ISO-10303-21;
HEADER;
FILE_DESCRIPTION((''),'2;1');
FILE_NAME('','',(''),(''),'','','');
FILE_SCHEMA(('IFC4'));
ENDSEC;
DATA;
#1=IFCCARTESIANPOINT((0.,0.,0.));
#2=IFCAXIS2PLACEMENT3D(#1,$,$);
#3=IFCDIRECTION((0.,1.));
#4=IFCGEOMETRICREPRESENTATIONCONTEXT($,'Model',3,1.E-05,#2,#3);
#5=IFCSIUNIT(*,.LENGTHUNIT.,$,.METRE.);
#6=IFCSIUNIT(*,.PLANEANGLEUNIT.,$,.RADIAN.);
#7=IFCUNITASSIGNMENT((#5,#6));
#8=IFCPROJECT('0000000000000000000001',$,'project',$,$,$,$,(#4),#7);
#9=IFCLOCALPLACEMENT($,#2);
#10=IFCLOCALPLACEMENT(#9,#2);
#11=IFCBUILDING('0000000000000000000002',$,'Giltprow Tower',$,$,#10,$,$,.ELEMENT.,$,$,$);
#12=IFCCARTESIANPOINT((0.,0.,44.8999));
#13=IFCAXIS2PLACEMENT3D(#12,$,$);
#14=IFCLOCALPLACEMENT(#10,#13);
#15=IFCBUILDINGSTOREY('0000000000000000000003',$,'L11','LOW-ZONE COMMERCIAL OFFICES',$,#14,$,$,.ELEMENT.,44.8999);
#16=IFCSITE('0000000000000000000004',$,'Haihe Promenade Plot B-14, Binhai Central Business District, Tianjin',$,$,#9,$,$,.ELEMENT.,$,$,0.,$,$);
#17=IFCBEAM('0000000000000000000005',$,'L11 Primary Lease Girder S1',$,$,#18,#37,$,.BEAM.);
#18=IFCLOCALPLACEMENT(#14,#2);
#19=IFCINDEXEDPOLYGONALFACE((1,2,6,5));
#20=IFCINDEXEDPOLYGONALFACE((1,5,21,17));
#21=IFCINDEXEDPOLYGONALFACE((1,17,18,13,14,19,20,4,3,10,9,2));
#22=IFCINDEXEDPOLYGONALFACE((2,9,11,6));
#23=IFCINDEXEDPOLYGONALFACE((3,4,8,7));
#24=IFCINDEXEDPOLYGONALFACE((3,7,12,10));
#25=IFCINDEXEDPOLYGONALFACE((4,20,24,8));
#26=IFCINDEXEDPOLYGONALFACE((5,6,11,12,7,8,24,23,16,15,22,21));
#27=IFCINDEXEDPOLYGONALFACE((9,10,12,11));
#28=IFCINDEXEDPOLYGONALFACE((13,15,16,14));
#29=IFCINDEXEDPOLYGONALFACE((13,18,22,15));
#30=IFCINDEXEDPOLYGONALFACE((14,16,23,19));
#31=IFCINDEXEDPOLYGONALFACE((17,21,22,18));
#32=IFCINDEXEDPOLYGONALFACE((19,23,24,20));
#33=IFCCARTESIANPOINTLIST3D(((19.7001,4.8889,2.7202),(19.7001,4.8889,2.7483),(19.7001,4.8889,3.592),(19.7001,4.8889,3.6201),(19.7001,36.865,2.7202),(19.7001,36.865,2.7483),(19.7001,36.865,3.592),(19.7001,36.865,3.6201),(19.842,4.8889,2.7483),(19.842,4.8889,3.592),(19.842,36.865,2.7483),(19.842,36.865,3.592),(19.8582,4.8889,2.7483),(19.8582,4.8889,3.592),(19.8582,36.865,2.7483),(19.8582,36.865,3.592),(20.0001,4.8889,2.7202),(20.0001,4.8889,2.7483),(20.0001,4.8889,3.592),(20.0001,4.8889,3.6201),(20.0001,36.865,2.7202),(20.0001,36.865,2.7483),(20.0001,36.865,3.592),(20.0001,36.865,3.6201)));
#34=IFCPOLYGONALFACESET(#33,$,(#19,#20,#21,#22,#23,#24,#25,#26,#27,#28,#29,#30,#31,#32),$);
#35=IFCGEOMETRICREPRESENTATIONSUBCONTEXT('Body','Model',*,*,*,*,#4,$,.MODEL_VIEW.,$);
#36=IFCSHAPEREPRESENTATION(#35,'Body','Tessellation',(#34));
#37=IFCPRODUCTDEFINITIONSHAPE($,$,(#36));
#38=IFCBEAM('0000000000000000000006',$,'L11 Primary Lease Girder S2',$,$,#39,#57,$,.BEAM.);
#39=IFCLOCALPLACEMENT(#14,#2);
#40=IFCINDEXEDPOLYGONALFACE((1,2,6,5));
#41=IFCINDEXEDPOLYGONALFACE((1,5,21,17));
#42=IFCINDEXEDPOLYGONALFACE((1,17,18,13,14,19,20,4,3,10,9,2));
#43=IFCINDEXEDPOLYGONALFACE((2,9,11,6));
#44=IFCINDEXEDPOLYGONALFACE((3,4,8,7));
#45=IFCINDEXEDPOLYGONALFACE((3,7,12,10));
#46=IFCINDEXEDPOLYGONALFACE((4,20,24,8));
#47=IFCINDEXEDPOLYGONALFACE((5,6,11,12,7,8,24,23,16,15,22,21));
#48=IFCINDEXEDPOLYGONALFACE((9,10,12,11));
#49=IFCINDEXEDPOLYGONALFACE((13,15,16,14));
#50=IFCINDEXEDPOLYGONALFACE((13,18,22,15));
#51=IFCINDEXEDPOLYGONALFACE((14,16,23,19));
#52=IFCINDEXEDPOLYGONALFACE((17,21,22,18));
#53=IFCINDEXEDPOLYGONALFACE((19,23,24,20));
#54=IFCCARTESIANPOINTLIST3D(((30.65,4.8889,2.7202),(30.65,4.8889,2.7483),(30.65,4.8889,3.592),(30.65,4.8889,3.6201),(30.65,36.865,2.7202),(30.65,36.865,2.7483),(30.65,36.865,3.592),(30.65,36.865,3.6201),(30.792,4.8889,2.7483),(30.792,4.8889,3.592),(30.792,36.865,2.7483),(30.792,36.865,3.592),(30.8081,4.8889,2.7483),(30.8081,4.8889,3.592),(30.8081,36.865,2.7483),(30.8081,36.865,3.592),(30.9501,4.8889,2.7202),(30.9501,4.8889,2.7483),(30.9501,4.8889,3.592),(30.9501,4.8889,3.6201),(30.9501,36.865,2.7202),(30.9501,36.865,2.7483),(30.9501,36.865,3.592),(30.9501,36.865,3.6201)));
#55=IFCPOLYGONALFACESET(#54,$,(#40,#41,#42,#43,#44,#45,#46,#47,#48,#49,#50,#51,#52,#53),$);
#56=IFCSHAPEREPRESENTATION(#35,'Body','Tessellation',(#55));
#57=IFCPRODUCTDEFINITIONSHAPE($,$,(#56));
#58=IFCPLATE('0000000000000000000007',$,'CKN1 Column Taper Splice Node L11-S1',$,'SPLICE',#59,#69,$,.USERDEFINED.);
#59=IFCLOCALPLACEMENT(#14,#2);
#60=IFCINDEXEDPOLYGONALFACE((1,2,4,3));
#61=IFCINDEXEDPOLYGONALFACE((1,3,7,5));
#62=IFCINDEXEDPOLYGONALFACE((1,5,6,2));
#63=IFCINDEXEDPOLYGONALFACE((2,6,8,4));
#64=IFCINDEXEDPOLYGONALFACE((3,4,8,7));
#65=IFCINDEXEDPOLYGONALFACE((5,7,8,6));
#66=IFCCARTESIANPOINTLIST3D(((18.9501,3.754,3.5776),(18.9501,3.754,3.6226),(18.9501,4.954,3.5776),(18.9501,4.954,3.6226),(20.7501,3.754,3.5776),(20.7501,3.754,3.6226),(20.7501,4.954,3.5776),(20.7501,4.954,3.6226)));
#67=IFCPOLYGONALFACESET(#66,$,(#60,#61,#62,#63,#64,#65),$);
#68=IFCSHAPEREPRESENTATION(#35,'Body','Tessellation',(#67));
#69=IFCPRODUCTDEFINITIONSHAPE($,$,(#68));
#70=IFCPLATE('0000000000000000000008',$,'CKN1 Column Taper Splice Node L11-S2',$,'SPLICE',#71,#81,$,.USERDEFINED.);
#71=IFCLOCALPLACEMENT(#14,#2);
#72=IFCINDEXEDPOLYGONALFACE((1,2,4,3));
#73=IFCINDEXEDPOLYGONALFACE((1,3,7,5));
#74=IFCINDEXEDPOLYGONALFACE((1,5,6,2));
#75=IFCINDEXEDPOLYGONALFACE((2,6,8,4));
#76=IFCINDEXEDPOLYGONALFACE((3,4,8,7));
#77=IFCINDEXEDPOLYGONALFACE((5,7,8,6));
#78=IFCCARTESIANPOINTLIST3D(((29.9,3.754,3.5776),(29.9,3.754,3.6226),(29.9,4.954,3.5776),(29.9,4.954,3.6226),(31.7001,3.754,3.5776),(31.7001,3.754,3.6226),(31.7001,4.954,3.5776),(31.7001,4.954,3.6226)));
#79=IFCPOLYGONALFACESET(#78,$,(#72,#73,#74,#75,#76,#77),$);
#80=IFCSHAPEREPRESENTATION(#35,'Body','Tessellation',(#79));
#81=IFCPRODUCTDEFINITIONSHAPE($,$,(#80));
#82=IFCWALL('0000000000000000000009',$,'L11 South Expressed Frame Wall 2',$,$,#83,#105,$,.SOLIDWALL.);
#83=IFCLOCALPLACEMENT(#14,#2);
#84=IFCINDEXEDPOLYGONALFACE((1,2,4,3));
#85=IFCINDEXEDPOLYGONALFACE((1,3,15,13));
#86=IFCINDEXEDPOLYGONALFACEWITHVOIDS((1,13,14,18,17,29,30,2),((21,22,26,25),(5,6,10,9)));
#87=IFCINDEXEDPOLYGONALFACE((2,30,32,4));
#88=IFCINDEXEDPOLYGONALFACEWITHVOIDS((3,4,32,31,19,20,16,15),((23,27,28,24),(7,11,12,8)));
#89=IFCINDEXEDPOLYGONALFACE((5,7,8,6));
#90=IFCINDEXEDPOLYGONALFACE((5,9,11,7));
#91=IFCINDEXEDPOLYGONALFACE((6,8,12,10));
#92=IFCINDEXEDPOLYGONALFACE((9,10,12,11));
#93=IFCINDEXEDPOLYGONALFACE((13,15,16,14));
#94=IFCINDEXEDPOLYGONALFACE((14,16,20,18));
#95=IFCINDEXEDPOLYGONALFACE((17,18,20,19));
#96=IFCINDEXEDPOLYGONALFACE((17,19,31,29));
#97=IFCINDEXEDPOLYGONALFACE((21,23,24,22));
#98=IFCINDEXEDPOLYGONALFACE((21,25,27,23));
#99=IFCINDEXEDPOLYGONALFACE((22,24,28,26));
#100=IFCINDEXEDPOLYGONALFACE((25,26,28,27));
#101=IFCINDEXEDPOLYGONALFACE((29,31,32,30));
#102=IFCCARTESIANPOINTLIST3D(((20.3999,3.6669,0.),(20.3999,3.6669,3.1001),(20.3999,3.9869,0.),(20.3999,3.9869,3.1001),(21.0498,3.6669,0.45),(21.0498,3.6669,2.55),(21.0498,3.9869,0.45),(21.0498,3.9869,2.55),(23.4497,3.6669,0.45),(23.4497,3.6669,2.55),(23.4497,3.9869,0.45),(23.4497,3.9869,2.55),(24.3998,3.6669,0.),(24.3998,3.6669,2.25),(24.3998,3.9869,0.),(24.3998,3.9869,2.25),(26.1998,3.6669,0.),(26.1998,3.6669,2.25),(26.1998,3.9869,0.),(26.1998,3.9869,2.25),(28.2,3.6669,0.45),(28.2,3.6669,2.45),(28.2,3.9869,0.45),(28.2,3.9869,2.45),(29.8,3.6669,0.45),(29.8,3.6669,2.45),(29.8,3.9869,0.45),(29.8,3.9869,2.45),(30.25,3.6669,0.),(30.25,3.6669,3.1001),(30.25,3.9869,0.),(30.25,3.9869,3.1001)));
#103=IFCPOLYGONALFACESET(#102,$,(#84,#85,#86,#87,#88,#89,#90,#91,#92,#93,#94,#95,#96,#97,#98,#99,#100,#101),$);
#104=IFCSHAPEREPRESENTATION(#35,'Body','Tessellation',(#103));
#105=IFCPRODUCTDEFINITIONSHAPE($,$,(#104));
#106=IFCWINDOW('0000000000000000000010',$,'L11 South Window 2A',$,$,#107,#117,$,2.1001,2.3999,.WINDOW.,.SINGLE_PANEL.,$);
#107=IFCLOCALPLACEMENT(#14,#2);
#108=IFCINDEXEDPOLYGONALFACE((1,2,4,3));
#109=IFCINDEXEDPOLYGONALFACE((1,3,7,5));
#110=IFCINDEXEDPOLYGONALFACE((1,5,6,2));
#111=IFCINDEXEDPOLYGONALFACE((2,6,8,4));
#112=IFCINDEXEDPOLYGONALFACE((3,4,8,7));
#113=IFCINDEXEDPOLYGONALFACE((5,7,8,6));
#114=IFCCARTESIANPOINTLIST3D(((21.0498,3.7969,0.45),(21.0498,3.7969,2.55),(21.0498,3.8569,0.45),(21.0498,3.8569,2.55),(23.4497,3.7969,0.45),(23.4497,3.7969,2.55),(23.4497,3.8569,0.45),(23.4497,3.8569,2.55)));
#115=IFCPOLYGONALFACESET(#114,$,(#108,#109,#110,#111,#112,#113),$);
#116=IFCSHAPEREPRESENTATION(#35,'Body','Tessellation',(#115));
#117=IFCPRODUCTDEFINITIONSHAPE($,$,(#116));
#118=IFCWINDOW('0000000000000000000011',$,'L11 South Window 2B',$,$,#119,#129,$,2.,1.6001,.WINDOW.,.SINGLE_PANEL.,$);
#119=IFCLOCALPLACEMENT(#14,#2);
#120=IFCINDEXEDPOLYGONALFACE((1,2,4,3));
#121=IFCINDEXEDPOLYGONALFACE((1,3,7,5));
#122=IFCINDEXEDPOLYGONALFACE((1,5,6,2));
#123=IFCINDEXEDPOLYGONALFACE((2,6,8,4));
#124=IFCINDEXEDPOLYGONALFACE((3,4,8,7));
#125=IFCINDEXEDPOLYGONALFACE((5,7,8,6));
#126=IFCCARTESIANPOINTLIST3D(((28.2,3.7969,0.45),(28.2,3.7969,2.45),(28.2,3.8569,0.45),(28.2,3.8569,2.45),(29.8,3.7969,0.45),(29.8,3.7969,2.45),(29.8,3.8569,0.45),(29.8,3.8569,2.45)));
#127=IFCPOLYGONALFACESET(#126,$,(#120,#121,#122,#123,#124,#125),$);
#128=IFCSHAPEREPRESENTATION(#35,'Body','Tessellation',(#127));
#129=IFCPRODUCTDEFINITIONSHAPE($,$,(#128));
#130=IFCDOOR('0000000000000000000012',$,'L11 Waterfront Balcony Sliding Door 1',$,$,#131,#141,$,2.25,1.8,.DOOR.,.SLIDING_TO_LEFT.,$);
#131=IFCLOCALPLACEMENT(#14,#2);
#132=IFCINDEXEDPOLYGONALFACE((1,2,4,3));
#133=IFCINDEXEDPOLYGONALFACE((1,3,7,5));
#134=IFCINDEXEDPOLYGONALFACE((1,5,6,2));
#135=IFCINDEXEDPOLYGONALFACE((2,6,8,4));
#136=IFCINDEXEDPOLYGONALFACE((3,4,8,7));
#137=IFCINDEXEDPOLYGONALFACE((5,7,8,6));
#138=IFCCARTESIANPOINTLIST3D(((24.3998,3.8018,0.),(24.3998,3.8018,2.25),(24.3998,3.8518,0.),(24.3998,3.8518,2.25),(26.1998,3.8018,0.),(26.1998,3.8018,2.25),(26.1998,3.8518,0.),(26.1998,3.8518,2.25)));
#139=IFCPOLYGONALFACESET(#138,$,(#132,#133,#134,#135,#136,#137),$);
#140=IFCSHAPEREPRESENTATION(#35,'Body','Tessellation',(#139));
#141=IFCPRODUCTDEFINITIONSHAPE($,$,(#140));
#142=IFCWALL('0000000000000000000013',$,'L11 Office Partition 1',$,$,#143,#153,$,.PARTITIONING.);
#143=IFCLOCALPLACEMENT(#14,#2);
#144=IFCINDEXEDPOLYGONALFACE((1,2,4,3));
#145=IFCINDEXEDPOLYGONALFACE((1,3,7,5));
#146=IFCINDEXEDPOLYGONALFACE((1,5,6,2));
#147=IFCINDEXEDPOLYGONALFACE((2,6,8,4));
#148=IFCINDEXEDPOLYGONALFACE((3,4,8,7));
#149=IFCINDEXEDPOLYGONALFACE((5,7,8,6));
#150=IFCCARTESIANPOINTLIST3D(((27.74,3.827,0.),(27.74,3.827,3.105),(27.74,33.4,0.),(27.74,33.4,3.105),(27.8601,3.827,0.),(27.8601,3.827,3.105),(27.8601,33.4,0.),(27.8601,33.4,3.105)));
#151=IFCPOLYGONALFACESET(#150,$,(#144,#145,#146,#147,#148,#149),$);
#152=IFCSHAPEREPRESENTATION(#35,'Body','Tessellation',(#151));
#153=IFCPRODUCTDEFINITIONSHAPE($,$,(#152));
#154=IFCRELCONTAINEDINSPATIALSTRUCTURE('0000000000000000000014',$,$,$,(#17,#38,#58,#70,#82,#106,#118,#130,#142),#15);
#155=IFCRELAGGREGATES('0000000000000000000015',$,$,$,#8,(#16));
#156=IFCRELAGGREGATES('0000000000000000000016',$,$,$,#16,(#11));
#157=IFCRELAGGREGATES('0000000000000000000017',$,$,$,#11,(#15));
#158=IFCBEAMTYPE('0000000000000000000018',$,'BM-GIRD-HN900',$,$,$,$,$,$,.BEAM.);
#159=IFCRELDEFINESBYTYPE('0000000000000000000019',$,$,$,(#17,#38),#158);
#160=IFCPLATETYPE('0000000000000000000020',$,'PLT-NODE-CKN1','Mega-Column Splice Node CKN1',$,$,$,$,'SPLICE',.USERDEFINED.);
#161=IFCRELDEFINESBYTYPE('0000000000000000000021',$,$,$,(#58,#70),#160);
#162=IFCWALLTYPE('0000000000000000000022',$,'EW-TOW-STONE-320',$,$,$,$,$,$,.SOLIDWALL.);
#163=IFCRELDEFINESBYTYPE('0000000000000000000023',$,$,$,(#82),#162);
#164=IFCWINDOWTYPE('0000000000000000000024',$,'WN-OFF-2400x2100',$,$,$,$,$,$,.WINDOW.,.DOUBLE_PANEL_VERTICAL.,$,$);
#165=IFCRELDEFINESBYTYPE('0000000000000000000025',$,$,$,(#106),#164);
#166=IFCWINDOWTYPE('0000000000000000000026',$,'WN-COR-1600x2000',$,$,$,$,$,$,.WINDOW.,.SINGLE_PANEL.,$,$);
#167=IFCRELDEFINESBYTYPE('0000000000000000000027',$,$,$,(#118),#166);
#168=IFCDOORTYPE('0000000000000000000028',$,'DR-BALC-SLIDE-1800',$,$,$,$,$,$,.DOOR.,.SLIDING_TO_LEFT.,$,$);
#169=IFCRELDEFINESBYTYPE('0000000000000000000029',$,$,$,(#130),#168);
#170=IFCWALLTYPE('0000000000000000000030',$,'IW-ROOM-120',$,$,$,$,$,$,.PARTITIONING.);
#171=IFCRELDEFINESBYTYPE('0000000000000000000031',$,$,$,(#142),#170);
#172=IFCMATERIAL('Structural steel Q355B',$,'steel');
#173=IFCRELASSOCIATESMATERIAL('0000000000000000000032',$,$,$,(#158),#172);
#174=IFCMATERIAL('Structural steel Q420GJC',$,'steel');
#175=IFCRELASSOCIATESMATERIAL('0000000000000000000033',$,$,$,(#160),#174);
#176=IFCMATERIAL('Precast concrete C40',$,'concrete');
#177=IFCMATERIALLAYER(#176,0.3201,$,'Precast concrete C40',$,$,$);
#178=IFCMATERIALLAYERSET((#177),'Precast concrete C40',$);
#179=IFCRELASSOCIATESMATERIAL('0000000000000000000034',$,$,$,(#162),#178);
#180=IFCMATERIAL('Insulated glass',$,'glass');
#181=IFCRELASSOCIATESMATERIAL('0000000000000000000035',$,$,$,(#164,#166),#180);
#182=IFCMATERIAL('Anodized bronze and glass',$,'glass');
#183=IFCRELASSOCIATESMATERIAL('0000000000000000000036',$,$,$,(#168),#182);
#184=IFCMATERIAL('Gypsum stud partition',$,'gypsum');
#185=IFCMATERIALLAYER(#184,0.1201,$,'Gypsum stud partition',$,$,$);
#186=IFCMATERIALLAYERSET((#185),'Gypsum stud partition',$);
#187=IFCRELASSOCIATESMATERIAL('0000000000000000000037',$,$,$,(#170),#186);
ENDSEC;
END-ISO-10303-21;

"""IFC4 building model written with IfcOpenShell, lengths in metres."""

from ifc_helpers import new_model, si_unit, direction, frame, frame_2d, origin, origin_2d, place, context, subcontext, project, spatial, rectangle, i_section, extrude, source, transform, mapped, material, layer, layer_set, material_profile, profile_set, type_object, element, fill, save


model = new_model("IFC4")

# Units and contexts
model_context = context("Model", 3, precision=1e-05, world=origin(), true_north=direction((0.0, 1.0)))
body_context = subcontext(model_context, "Body", "Model", "MODEL_VIEW")
ifc_project = project(units=[si_unit("LENGTHUNIT", "METRE"), si_unit("PLANEANGLEUNIT", "RADIAN")], contexts=[model_context])

# Site, building, storey
site_placement = place(None, origin())
site = spatial("IfcSite", under=ifc_project, at=site_placement, Name="Haihe Promenade Plot B-14, Binhai Central Business District, Tianjin", CompositionType="ELEMENT", RefElevation=0.0)
building_placement = place(site_placement, origin())
building = spatial("IfcBuilding", under=site, at=building_placement, Name="Giltprow Tower", CompositionType="ELEMENT")
storey_placement = place(building_placement, frame((0.0, 0.0, 44.8999)))
storey = spatial("IfcBuildingStorey", under=building, at=storey_placement, Name="L11", Description="LOW-ZONE COMMERCIAL OFFICES", CompositionType="ELEMENT", Elevation=44.8999)

# Shared definitions
ifc_material_1 = material(Name="Structural steel Q420GJC", Category="steel")

# Beams
ifc_material_2 = material(Name="Structural steel Q355B", Category="steel")
ifc_material_profile_1 = material_profile(ifc_material_2, i_section(OverallWidth=0.3, OverallDepth=0.8999, WebThickness=0.0161, FlangeThickness=0.0281, at=origin_2d()), Name="HN 900x300x16x28")
ifc_profile_set_1 = profile_set([ifc_material_profile_1], Name="Structural steel Q355B")
beam_type_1 = type_object("IfcBeamType", Name="BM-GIRD-HN900", PredefinedType="BEAM", material=ifc_profile_set_1)
shared_shape_1 = source(origin(), body_context, "Body", "SweptSolid", [
    extrude(i_section(OverallWidth=0.3, OverallDepth=0.8999, WebThickness=0.0161, FlangeThickness=0.0281, at=origin_2d()), origin(), (0.0, 0.0, 1.0), 31.9761),
])
for number, where, z_axis, x_axis, name in (
    (1, (19.8501, 4.8889, 3.1702), (0.0, 1.0, 0.0), (-1.0, 0.0, 0.0), "L11 Primary Lease Girder S1"),
    (2, (30.8, 4.8889, 3.1702), (0.0, 1.0, 0.0), (-1.0, 0.0, 0.0), "L11 Primary Lease Girder S2"),
):
    element("IfcBeam", number, at=place(storey_placement, frame(where, z_axis=z_axis, x_axis=x_axis)), inside=storey, type_object=beam_type_1, Name=name, PredefinedType="BEAM", context=body_context, shape_type="MappedRepresentation", body=[
        mapped(shared_shape_1, transform((0.0, 0.0, 0.0), x_axis=(1.0, 0.0, 0.0), y_axis=(0.0, 1.0, 0.0), z_axis=(0.0, 0.0, 1.0), scale=1.0)),
    ])

# Plates
plate_type = type_object("IfcPlateType", Name="PLT-NODE-CKN1", Description="Mega-Column Splice Node CKN1", ElementType="SPLICE", PredefinedType="USERDEFINED", material=ifc_material_1)
shared_shape_2 = source(origin(), body_context, "Body", "SweptSolid", [
    extrude(rectangle(XDim=1.8, YDim=1.2, at=origin_2d()), origin(), (0.0, 0.0, 1.0), 0.0449),
])
for number, where, z_axis, x_axis, name in (
    (3, (19.8501, 4.354, 3.5776), (0.0, 0.0, 1.0), (1.0, 0.0, 0.0), "CKN1 Column Taper Splice Node L11-S1"),
    (4, (30.8, 4.354, 3.5776), (0.0, 0.0, 1.0), (1.0, 0.0, 0.0), "CKN1 Column Taper Splice Node L11-S2"),
):
    element("IfcPlate", number, at=place(storey_placement, frame(where, z_axis=z_axis, x_axis=x_axis)), inside=storey, type_object=plate_type, Name=name, ObjectType="SPLICE", PredefinedType="USERDEFINED", context=body_context, shape_type="MappedRepresentation", body=[
        mapped(shared_shape_2, transform((0.0, 0.0, 0.0), x_axis=(1.0, 0.0, 0.0), y_axis=(0.0, 1.0, 0.0), z_axis=(0.0, 0.0, 1.0), scale=1.0)),
    ])

# Wall, openings, windows, door
ifc_material_3 = material(Name="Precast concrete C40", Category="concrete")
ifc_layer_1 = layer(ifc_material_3, 0.3201, Name="Precast concrete C40")
ifc_layer_set_1 = layer_set([ifc_layer_1], Name="Precast concrete C40")
wall_type_1 = type_object("IfcWallType", Name="EW-TOW-STONE-320", PredefinedType="SOLIDWALL", material=ifc_layer_set_1)
wall_1_placement = place(storey_placement, frame((20.3999, 3.8269, 0.0), z_axis=(0.0, 0.0, 1.0), x_axis=(1.0, 0.0, 0.0)))
wall_1 = element("IfcWall", 5, at=wall_1_placement, inside=storey, type_object=wall_type_1, Name="L11 South Expressed Frame Wall 2", PredefinedType="SOLIDWALL", context=body_context, shape_type="SweptSolid", body=[
    extrude(rectangle(XDim=9.8501, YDim=0.3201, at=frame_2d((4.925, 0.0))), origin(), (0.0, 0.0, 1.0), 3.1001),
])
opening_1_placement = place(wall_1_placement, frame((4.0, 0.0, 0.0)))
opening_1 = element("IfcOpeningElement", 6, at=opening_1_placement, cuts=wall_1, PredefinedType="OPENING", context=body_context, shape_type="SweptSolid", body=[
    extrude(rectangle(XDim=1.8, YDim=2.25, at=frame_2d((0.8999, 1.125))), frame((0.0, 0.1699, 0.0), z_axis=(0.0, -1.0, 0.0), x_axis=(1.0, 0.0, 0.0)), (0.0, 0.0, 1.0), 0.3401),
])
opening_2_placement = place(wall_1_placement, frame((0.6499, 0.0, 0.45)))
opening_2 = element("IfcOpeningElement", 7, at=opening_2_placement, cuts=wall_1, PredefinedType="OPENING", context=body_context, shape_type="SweptSolid", body=[
    extrude(rectangle(XDim=2.3999, YDim=2.1001, at=frame_2d((1.2, 1.05))), frame((0.0, 0.1699, 0.0), z_axis=(0.0, -1.0, 0.0), x_axis=(1.0, 0.0, 0.0)), (0.0, 0.0, 1.0), 0.3401),
])
opening_3_placement = place(wall_1_placement, frame((7.8, 0.0, 0.45)))
opening_3 = element("IfcOpeningElement", 8, at=opening_3_placement, cuts=wall_1, PredefinedType="OPENING", context=body_context, shape_type="SweptSolid", body=[
    extrude(rectangle(XDim=1.6001, YDim=2.0, at=frame_2d((0.8, 1.0))), frame((0.0, 0.1699, 0.0), z_axis=(0.0, -1.0, 0.0), x_axis=(1.0, 0.0, 0.0)), (0.0, 0.0, 1.0), 0.3401),
])
ifc_material_4 = material(Name="Insulated glass", Category="glass")
window_type_1 = type_object("IfcWindowType", Name="WN-OFF-2400x2100", PartitioningType="DOUBLE_PANEL_VERTICAL", PredefinedType="WINDOW", material=ifc_material_4)
shared_shape_3 = source(origin(), body_context, "Body", "SweptSolid", [
    extrude(rectangle(XDim=2.3999, YDim=2.1001, at=frame_2d((1.2, 1.05))), frame((0.0, 0.03, 0.0), z_axis=(0.0, -1.0, 0.0), x_axis=(1.0, 0.0, 0.0)), (0.0, 0.0, 1.0), 0.0601),
])
window_1_placement = place(opening_2_placement, origin())
window_1 = element("IfcWindow", 9, at=window_1_placement, inside=storey, type_object=window_type_1, Name="L11 South Window 2A", OverallHeight=2.1001, OverallWidth=2.3999, PartitioningType="SINGLE_PANEL", PredefinedType="WINDOW", context=body_context, shape_type="MappedRepresentation", body=[
    mapped(shared_shape_3, transform((0.0, 0.0, 0.0), x_axis=(1.0, 0.0, 0.0), y_axis=(0.0, 1.0, 0.0), z_axis=(0.0, 0.0, 1.0), scale=1.0)),
])
fill(opening_2, window_1)
window_type_2 = type_object("IfcWindowType", Name="WN-COR-1600x2000", PartitioningType="SINGLE_PANEL", PredefinedType="WINDOW", material=ifc_material_4)
shared_shape_4 = source(origin(), body_context, "Body", "SweptSolid", [
    extrude(rectangle(XDim=1.6001, YDim=2.0, at=frame_2d((0.8, 1.0))), frame((0.0, 0.03, 0.0), z_axis=(0.0, -1.0, 0.0), x_axis=(1.0, 0.0, 0.0)), (0.0, 0.0, 1.0), 0.0601),
])
window_2_placement = place(opening_3_placement, origin())
window_2 = element("IfcWindow", 10, at=window_2_placement, inside=storey, type_object=window_type_2, Name="L11 South Window 2B", OverallHeight=2.0, OverallWidth=1.6001, PartitioningType="SINGLE_PANEL", PredefinedType="WINDOW", context=body_context, shape_type="MappedRepresentation", body=[
    mapped(shared_shape_4, transform((0.0, 0.0, 0.0), x_axis=(1.0, 0.0, 0.0), y_axis=(0.0, 1.0, 0.0), z_axis=(0.0, 0.0, 1.0), scale=1.0)),
])
fill(opening_3, window_2)
ifc_material_5 = material(Name="Anodized bronze and glass", Category="glass")
door_type = type_object("IfcDoorType", Name="DR-BALC-SLIDE-1800", OperationType="SLIDING_TO_LEFT", PredefinedType="DOOR", material=ifc_material_5)
shared_shape_5 = source(origin(), body_context, "Body", "SweptSolid", [
    extrude(rectangle(XDim=1.8, YDim=2.25, at=frame_2d((0.8999, 1.125))), frame((0.0, 0.0249, 0.0), z_axis=(0.0, -1.0, 0.0), x_axis=(1.0, 0.0, 0.0)), (0.0, 0.0, 1.0), 0.05),
])
door_placement = place(opening_1_placement, origin())
door = element("IfcDoor", 11, at=door_placement, inside=storey, type_object=door_type, Name="L11 Waterfront Balcony Sliding Door 1", OperationType="SLIDING_TO_LEFT", OverallHeight=2.25, OverallWidth=1.8, PredefinedType="DOOR", context=body_context, shape_type="MappedRepresentation", body=[
    mapped(shared_shape_5, transform((0.0, 0.0, 0.0), x_axis=(1.0, 0.0, 0.0), y_axis=(0.0, 1.0, 0.0), z_axis=(0.0, 0.0, 1.0), scale=1.0)),
])
fill(opening_1, door)

# Wall
ifc_material_6 = material(Name="Gypsum stud partition", Category="gypsum")
ifc_layer_2 = layer(ifc_material_6, 0.1201, Name="Gypsum stud partition")
ifc_layer_set_2 = layer_set([ifc_layer_2], Name="Gypsum stud partition")
wall_type_2 = type_object("IfcWallType", Name="IW-ROOM-120", PredefinedType="PARTITIONING", material=ifc_layer_set_2)
wall_2_placement = place(storey_placement, frame((27.8, 3.8269, 0.0), z_axis=(0.0, 0.0, 1.0), x_axis=(0.0, 1.0, 0.0)))
element("IfcWall", 12, at=wall_2_placement, inside=storey, type_object=wall_type_2, Name="L11 Office Partition 1", PredefinedType="PARTITIONING", context=body_context, shape_type="SweptSolid", body=[
    extrude(rectangle(XDim=29.573, YDim=0.1201, at=frame_2d((14.7866, 0.0))), origin(), (0.0, 0.0, 1.0), 3.105),
])

save(model, "model.ifc")
